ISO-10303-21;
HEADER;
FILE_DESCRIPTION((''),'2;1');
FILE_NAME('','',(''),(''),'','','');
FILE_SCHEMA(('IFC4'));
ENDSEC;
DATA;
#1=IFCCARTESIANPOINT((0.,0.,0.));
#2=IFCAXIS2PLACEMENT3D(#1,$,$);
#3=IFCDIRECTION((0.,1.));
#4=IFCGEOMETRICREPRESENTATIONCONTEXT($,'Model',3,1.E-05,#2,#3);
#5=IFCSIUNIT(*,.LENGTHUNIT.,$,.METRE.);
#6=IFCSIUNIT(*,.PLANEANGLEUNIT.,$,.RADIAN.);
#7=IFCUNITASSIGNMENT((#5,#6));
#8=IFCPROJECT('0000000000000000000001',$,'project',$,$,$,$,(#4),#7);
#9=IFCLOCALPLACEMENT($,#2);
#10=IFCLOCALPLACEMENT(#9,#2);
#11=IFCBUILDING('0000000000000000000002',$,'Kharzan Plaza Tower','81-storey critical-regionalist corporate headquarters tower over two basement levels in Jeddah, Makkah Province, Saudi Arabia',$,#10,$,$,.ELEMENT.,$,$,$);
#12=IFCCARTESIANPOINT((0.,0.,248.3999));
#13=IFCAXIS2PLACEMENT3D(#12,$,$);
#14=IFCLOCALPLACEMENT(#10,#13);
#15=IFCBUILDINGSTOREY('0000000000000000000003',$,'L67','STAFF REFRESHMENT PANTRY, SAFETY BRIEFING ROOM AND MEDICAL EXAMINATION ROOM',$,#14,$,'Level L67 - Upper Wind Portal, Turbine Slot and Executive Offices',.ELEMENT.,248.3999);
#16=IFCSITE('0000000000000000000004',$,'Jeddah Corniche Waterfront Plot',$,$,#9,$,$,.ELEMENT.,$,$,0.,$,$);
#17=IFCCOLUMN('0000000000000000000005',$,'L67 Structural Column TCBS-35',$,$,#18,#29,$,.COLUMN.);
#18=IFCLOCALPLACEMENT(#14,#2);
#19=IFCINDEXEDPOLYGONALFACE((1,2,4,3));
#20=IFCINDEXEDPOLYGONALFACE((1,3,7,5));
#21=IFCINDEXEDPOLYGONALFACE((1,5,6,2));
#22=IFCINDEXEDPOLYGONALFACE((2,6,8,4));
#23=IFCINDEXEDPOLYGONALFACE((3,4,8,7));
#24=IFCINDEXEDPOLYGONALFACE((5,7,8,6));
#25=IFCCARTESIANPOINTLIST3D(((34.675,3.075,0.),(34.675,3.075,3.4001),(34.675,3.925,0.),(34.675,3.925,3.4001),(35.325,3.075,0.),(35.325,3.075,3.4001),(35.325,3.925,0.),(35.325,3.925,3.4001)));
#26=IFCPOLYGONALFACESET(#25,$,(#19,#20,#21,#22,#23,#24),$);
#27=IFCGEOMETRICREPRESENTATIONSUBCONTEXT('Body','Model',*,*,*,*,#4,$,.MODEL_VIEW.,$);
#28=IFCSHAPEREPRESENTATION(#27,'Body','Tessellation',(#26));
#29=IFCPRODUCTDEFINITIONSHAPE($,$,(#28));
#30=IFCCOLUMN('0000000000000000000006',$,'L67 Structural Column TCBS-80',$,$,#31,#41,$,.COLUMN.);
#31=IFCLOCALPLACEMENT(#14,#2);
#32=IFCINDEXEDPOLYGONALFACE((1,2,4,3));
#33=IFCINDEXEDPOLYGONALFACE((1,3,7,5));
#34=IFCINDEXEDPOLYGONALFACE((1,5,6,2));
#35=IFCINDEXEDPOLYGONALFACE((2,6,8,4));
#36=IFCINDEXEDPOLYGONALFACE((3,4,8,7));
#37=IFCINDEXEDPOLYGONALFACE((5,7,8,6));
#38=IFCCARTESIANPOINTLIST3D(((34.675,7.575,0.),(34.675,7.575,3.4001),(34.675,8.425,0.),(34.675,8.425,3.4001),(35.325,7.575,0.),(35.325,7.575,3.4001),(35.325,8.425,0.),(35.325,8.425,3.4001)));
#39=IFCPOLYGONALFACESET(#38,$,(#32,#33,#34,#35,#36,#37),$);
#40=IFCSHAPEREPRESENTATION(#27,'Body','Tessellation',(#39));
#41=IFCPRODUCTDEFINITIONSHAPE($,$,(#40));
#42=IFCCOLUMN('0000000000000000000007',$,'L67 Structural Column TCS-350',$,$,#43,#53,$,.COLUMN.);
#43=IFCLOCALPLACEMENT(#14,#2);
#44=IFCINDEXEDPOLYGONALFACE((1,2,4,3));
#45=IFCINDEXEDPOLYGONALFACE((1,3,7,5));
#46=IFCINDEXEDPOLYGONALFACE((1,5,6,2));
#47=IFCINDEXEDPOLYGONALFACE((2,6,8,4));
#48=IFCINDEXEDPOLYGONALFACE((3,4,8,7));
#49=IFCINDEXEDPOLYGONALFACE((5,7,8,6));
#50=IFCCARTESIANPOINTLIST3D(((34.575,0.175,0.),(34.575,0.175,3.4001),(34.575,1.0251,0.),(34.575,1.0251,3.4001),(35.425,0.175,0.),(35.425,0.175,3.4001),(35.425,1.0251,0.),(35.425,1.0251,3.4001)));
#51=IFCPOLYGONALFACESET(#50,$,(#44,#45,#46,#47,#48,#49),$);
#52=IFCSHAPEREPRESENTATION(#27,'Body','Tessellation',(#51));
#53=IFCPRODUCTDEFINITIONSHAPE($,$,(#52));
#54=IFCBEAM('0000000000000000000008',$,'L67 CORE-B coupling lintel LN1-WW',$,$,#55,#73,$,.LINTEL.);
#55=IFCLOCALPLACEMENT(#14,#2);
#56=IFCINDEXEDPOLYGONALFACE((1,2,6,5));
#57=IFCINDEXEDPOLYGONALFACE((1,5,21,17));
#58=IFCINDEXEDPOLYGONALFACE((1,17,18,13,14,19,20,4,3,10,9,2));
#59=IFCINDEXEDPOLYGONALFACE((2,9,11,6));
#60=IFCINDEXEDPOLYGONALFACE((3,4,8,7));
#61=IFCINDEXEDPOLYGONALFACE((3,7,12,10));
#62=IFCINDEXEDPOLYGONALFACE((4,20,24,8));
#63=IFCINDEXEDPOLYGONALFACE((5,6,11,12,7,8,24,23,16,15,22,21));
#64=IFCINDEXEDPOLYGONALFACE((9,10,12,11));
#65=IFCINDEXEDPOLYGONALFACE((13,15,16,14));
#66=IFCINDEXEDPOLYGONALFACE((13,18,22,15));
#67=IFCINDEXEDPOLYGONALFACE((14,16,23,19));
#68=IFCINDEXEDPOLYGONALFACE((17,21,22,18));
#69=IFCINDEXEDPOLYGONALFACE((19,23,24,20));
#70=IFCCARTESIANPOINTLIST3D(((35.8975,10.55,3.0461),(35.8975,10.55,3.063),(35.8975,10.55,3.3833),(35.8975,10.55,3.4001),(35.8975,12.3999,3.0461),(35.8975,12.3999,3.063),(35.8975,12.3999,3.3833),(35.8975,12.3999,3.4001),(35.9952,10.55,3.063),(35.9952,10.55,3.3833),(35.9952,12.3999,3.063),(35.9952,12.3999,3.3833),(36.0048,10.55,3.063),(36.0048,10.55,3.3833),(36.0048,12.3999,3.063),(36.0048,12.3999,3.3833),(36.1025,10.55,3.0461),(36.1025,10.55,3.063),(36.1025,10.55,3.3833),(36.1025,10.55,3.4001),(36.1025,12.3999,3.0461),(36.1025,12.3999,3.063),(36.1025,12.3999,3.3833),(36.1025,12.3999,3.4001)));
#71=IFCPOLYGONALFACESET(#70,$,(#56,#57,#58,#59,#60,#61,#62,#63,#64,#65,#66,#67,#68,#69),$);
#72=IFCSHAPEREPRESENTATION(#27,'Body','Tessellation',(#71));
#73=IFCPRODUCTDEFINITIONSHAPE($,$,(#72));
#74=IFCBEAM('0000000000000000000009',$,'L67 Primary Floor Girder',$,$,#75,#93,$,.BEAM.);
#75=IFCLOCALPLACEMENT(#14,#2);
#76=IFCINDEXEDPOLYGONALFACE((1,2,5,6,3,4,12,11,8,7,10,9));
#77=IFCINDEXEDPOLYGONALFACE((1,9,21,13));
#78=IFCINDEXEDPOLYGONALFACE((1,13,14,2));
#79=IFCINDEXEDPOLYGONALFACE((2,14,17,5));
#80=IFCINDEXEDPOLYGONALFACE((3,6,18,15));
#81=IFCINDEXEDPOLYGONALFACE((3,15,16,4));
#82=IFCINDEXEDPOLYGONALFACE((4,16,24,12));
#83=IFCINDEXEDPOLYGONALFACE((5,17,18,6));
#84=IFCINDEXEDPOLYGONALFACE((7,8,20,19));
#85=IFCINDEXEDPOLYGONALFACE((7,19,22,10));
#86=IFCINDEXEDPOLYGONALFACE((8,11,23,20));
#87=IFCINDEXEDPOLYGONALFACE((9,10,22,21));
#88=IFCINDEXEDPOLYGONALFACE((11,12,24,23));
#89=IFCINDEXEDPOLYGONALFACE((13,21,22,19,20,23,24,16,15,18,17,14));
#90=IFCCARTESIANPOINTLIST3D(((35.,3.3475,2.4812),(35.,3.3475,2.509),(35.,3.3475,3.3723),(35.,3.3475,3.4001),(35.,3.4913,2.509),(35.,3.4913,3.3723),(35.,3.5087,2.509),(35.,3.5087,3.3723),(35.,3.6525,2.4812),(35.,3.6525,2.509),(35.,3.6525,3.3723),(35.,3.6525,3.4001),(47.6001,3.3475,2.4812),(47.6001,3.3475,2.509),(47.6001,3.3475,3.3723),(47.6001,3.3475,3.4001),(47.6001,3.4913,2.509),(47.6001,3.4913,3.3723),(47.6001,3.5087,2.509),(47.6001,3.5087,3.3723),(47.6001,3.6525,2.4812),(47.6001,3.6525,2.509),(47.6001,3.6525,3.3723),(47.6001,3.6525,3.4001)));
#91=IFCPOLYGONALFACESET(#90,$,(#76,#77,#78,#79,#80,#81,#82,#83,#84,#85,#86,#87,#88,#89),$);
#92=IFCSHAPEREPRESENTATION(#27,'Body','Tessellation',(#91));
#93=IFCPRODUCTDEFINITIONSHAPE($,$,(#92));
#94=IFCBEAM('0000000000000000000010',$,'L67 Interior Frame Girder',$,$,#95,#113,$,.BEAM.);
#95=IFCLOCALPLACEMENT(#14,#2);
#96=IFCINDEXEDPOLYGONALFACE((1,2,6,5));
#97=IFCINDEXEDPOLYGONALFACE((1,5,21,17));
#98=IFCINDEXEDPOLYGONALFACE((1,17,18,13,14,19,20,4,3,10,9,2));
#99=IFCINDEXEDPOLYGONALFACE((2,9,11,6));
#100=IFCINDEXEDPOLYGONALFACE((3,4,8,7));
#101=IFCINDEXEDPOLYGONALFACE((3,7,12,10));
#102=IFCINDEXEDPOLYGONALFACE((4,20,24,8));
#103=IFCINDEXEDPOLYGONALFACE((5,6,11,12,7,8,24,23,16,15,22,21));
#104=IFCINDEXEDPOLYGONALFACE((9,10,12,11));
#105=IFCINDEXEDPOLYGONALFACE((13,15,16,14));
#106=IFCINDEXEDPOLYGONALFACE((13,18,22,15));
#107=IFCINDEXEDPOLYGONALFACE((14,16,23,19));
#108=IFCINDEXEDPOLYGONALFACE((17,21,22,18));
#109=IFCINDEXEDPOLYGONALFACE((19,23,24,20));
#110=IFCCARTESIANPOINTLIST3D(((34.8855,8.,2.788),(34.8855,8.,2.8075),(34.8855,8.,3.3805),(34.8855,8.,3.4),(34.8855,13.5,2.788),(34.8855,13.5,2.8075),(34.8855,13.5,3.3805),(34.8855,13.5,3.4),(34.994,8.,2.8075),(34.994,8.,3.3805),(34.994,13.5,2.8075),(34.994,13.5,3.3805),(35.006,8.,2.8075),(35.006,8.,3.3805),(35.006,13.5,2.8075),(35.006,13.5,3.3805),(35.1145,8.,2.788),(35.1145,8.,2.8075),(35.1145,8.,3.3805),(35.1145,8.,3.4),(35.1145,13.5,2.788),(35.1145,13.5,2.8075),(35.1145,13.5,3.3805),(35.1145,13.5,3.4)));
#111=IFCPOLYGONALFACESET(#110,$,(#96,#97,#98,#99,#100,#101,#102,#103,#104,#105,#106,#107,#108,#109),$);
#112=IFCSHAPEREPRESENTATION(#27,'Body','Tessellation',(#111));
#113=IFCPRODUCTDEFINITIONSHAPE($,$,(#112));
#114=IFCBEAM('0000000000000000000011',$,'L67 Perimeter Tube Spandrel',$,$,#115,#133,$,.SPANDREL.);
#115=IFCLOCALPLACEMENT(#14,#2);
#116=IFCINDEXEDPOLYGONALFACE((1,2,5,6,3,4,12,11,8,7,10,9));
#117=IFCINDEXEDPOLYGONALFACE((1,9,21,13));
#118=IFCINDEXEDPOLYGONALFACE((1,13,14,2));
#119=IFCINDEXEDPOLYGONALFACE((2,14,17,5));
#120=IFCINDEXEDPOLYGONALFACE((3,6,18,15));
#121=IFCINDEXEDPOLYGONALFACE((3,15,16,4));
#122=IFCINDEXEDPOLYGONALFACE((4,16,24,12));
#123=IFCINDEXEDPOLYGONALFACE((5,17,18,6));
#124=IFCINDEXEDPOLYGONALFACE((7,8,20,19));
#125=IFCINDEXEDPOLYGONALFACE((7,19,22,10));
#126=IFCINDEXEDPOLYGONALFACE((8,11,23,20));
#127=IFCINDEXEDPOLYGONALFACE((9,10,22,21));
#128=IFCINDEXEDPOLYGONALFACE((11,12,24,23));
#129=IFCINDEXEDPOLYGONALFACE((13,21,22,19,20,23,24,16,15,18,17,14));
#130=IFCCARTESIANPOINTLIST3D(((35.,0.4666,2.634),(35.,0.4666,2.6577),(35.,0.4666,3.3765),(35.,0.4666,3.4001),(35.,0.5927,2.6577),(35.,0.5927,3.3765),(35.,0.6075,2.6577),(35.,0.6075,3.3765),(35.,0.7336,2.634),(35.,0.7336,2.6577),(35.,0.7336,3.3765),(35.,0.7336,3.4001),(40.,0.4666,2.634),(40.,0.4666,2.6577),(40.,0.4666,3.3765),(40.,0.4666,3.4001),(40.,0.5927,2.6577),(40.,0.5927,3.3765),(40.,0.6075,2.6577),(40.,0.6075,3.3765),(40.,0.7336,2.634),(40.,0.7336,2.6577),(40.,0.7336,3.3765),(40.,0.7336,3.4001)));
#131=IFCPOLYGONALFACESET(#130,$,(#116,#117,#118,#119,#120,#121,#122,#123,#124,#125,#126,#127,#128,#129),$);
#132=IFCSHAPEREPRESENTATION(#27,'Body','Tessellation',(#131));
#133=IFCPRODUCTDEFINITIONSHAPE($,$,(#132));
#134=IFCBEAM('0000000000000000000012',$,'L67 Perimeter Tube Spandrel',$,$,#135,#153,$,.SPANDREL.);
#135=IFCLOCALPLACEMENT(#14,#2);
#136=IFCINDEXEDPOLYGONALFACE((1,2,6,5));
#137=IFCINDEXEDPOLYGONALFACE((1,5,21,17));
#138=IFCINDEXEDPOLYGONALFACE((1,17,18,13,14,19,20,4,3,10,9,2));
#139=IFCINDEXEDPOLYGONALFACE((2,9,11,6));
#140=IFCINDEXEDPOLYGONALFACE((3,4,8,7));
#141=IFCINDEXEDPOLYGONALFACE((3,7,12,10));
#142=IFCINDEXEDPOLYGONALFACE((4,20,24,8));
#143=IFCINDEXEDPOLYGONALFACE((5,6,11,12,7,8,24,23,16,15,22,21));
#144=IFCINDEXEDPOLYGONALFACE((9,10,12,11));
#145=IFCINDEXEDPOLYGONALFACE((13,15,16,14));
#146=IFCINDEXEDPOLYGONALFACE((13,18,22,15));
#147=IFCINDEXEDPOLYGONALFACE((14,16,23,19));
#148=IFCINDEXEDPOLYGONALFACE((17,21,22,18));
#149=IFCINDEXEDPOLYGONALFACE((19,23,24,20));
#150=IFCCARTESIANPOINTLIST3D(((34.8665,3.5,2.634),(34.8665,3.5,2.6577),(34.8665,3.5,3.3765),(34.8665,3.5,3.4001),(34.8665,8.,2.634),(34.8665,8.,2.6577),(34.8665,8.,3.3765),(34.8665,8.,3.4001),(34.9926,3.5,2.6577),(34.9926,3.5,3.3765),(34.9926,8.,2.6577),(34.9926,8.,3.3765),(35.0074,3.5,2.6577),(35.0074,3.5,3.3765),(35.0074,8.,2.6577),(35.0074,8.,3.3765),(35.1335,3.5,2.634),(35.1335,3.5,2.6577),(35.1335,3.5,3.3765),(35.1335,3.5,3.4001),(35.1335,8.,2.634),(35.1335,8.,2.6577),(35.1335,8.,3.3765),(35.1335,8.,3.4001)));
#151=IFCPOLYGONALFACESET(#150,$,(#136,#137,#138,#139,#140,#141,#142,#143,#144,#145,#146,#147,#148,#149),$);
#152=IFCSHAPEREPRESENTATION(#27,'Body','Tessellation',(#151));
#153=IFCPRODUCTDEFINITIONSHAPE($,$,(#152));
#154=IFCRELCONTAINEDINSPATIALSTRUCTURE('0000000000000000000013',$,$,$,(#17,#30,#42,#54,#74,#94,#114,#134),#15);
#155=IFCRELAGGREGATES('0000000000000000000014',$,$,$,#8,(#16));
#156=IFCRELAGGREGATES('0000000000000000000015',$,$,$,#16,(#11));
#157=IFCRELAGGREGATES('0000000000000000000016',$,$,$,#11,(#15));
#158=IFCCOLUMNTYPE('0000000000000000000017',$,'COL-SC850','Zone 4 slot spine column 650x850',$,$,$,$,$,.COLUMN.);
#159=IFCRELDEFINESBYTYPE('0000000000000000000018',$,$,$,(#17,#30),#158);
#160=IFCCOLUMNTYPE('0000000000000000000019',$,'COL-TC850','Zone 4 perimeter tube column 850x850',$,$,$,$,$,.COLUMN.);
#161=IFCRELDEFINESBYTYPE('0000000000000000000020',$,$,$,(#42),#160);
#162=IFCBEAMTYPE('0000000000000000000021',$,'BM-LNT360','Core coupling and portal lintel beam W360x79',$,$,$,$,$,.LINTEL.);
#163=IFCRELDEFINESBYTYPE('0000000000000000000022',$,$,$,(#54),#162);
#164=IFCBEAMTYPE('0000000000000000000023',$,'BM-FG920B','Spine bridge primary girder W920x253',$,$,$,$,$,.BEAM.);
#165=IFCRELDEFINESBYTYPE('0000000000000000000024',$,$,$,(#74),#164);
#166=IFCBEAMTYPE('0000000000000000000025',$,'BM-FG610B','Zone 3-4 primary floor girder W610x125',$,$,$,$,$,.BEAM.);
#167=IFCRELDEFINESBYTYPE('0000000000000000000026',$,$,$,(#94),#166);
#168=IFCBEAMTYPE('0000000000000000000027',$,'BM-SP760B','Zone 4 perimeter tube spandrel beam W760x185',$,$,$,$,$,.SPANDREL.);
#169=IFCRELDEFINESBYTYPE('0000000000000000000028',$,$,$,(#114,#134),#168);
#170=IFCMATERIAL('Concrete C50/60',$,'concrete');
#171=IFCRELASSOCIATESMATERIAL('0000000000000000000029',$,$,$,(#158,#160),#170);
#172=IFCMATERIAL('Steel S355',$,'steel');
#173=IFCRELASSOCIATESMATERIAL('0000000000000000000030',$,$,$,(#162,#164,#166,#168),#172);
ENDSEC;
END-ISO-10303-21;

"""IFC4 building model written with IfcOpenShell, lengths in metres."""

from ifc_helpers import new_model, si_unit, direction, frame, origin, origin_2d, place, context, subcontext, project, spatial, rectangle, i_section, extrude, source, transform, mapped, material, material_profile, profile_set, type_object, element, save


model = new_model("IFC4")

# Units and contexts
model_context = context("Model", 3, precision=1e-05, world=origin(), true_north=direction((0.0, 1.0)))
body_context = subcontext(model_context, "Body", "Model", "MODEL_VIEW")
ifc_project = project(units=[si_unit("LENGTHUNIT", "METRE"), si_unit("PLANEANGLEUNIT", "RADIAN")], contexts=[model_context])

# Site, building, storey
site_placement = place(None, origin())
site = spatial("IfcSite", under=ifc_project, at=site_placement, Name="Jeddah Corniche Waterfront Plot", CompositionType="ELEMENT", RefElevation=0.0)
building_placement = place(site_placement, origin())
building = spatial("IfcBuilding", under=site, at=building_placement, Name="Kharzan Plaza Tower", Description="81-storey critical-regionalist corporate headquarters tower over two basement levels in Jeddah, Makkah Province, Saudi Arabia", CompositionType="ELEMENT")
storey_placement = place(building_placement, frame((0.0, 0.0, 248.3999)))
storey = spatial("IfcBuildingStorey", under=building, at=storey_placement, Name="L67", Description="STAFF REFRESHMENT PANTRY, SAFETY BRIEFING ROOM AND MEDICAL EXAMINATION ROOM", LongName="Level L67 - Upper Wind Portal, Turbine Slot and Executive Offices", CompositionType="ELEMENT", Elevation=248.3999)

# Columns
ifc_material_1 = material(Name="Concrete C50/60", Category="concrete")
ifc_material_profile_1 = material_profile(ifc_material_1, rectangle(XDim=0.6499, YDim=0.8501, at=origin_2d()), Name="RC-SC850x650")
ifc_profile_set_1 = profile_set([ifc_material_profile_1], Name="Concrete C50/60")
column_type_1 = type_object("IfcColumnType", Name="COL-SC850", Description="Zone 4 slot spine column 650x850", PredefinedType="COLUMN", material=ifc_profile_set_1)
shared_shape_1 = source(origin(), body_context, "Body", "SweptSolid", [
    extrude(rectangle(XDim=0.6499, YDim=0.8501, at=origin_2d()), origin(), (0.0, 0.0, 1.0), 3.4001),
])
for number, where, z_axis, x_axis, name in (
    (1, (35.0, 3.5, 0.0), (0.0, 0.0, 1.0), (1.0, 0.0, 0.0), "L67 Structural Column TCBS-35"),
    (2, (35.0, 8.0, 0.0), (0.0, 0.0, 1.0), (1.0, 0.0, 0.0), "L67 Structural Column TCBS-80"),
):
    element("IfcColumn", number, at=place(storey_placement, frame(where, z_axis=z_axis, x_axis=x_axis)), inside=storey, type_object=column_type_1, Name=name, PredefinedType="COLUMN", context=body_context, shape_type="MappedRepresentation", body=[
        mapped(shared_shape_1, transform((0.0, 0.0, 0.0), x_axis=(1.0, 0.0, 0.0), y_axis=(0.0, 1.0, 0.0), z_axis=(0.0, 0.0, 1.0))),
    ])
ifc_material_profile_2 = material_profile(ifc_material_1, rectangle(XDim=0.8501, YDim=0.8501, at=origin_2d()), Name="RC-TC850x850")
ifc_profile_set_2 = profile_set([ifc_material_profile_2], Name="Concrete C50/60")
column_type_2 = type_object("IfcColumnType", Name="COL-TC850", Description="Zone 4 perimeter tube column 850x850", PredefinedType="COLUMN", material=ifc_profile_set_2)
shared_shape_2 = source(origin(), body_context, "Body", "SweptSolid", [
    extrude(rectangle(XDim=0.8501, YDim=0.8501, at=origin_2d()), origin(), (0.0, 0.0, 1.0), 3.4001),
])
column_placement = place(storey_placement, frame((35.0, 0.6001, 0.0), z_axis=(0.0, 0.0, 1.0), x_axis=(1.0, 0.0, 0.0)))
element("IfcColumn", 3, at=column_placement, inside=storey, type_object=column_type_2, Name="L67 Structural Column TCS-350", PredefinedType="COLUMN", context=body_context, shape_type="MappedRepresentation", body=[
    mapped(shared_shape_2, transform((0.0, 0.0, 0.0), x_axis=(1.0, 0.0, 0.0), y_axis=(0.0, 1.0, 0.0), z_axis=(0.0, 0.0, 1.0))),
])

# Beams
ifc_material_2 = material(Name="Steel S355", Category="steel")
ifc_material_profile_3 = material_profile(ifc_material_2, i_section(OverallWidth=0.2051, OverallDepth=0.354, WebThickness=0.0095, FlangeThickness=0.0168, at=origin_2d()), Name="W360x79")
ifc_profile_set_3 = profile_set([ifc_material_profile_3], Name="Steel S355")
beam_type_1 = type_object("IfcBeamType", Name="BM-LNT360", Description="Core coupling and portal lintel beam W360x79", PredefinedType="LINTEL", material=ifc_profile_set_3)
shared_shape_3 = source(origin(), body_context, "Body", "SweptSolid", [
    extrude(i_section(OverallWidth=0.2051, OverallDepth=0.354, WebThickness=0.0095, FlangeThickness=0.0168, at=origin_2d()), origin(), (0.0, 0.0, 1.0), 1.8499),
])
beam_1_placement = place(storey_placement, frame((36.0, 10.55, 3.2231), z_axis=(0.0, 1.0, 0.0), x_axis=(-1.0, 0.0, 0.0)))
element("IfcBeam", 4, at=beam_1_placement, inside=storey, type_object=beam_type_1, Name="L67 CORE-B coupling lintel LN1-WW", PredefinedType="LINTEL", context=body_context, shape_type="MappedRepresentation", body=[
    mapped(shared_shape_3, transform((0.0, 0.0, 0.0), x_axis=(1.0, 0.0, 0.0), y_axis=(0.0, 1.0, 0.0), z_axis=(0.0, 0.0, 1.0))),
])
ifc_material_profile_4 = material_profile(ifc_material_2, i_section(OverallWidth=0.3049, OverallDepth=0.9189, WebThickness=0.0173, FlangeThickness=0.0278, at=origin_2d()), Name="W920x253")
ifc_profile_set_4 = profile_set([ifc_material_profile_4], Name="Steel S355")
beam_type_2 = type_object("IfcBeamType", Name="BM-FG920B", Description="Spine bridge primary girder W920x253", PredefinedType="BEAM", material=ifc_profile_set_4)
shared_shape_4 = source(origin(), body_context, "Body", "SweptSolid", [
    extrude(i_section(OverallWidth=0.3049, OverallDepth=0.9189, WebThickness=0.0173, FlangeThickness=0.0278, at=origin_2d()), origin(), (0.0, 0.0, 1.0), 12.6001),
])
beam_2_placement = place(storey_placement, frame((35.0, 3.5, 2.9407), z_axis=(1.0, 0.0, 0.0), x_axis=(0.0, 1.0, 0.0)))
element("IfcBeam", 5, at=beam_2_placement, inside=storey, type_object=beam_type_2, Name="L67 Primary Floor Girder", PredefinedType="BEAM", context=body_context, shape_type="MappedRepresentation", body=[
    mapped(shared_shape_4, transform((0.0, 0.0, 0.0), x_axis=(1.0, 0.0, 0.0), y_axis=(0.0, 1.0, 0.0), z_axis=(0.0, 0.0, 1.0))),
])
ifc_material_profile_5 = material_profile(ifc_material_2, i_section(OverallWidth=0.229, OverallDepth=0.6121, WebThickness=0.012, FlangeThickness=0.0195, at=origin_2d()), Name="W610x125")
ifc_profile_set_5 = profile_set([ifc_material_profile_5], Name="Steel S355")
beam_type_3 = type_object("IfcBeamType", Name="BM-FG610B", Description="Zone 3-4 primary floor girder W610x125", PredefinedType="BEAM", material=ifc_profile_set_5)
shared_shape_5 = source(origin(), body_context, "Body", "SweptSolid", [
    extrude(i_section(OverallWidth=0.229, OverallDepth=0.6121, WebThickness=0.012, FlangeThickness=0.0195, at=origin_2d()), origin(), (0.0, 0.0, 1.0), 5.5),
])
beam_3_placement = place(storey_placement, frame((35.0, 8.0, 3.094), z_axis=(0.0, 1.0, 0.0), x_axis=(-1.0, 0.0, 0.0)))
element("IfcBeam", 6, at=beam_3_placement, inside=storey, type_object=beam_type_3, Name="L67 Interior Frame Girder", PredefinedType="BEAM", context=body_context, shape_type="MappedRepresentation", body=[
    mapped(shared_shape_5, transform((0.0, 0.0, 0.0), x_axis=(1.0, 0.0, 0.0), y_axis=(0.0, 1.0, 0.0), z_axis=(0.0, 0.0, 1.0))),
])
ifc_material_profile_6 = material_profile(ifc_material_2, i_section(OverallWidth=0.2671, OverallDepth=0.7661, WebThickness=0.0149, FlangeThickness=0.0237, at=origin_2d()), Name="W760x185")
ifc_profile_set_6 = profile_set([ifc_material_profile_6], Name="Steel S355")
beam_type_4 = type_object("IfcBeamType", Name="BM-SP760B", Description="Zone 4 perimeter tube spandrel beam W760x185", PredefinedType="SPANDREL", material=ifc_profile_set_6)
shared_shape_6 = source(origin(), body_context, "Body", "SweptSolid", [
    extrude(i_section(OverallWidth=0.2671, OverallDepth=0.7661, WebThickness=0.0149, FlangeThickness=0.0237, at=origin_2d()), origin(), (0.0, 0.0, 1.0), 5.0),
])
beam_4_placement = place(storey_placement, frame((35.0, 0.6001, 3.0171), z_axis=(1.0, 0.0, 0.0), x_axis=(0.0, 1.0, 0.0)))
element("IfcBeam", 7, at=beam_4_placement, inside=storey, type_object=beam_type_4, Name="L67 Perimeter Tube Spandrel", PredefinedType="SPANDREL", context=body_context, shape_type="MappedRepresentation", body=[
    mapped(shared_shape_6, transform((0.0, 0.0, 0.0), x_axis=(1.0, 0.0, 0.0), y_axis=(0.0, 1.0, 0.0), z_axis=(0.0, 0.0, 1.0))),
])
shared_shape_7 = source(origin(), body_context, "Body", "SweptSolid", [
    extrude(i_section(OverallWidth=0.2671, OverallDepth=0.7661, WebThickness=0.0149, FlangeThickness=0.0237, at=origin_2d()), origin(), (0.0, 0.0, 1.0), 4.5),
])
beam_5_placement = place(storey_placement, frame((35.0, 3.5, 3.0171), z_axis=(0.0, 1.0, 0.0), x_axis=(-1.0, 0.0, 0.0)))
element("IfcBeam", 8, at=beam_5_placement, inside=storey, type_object=beam_type_4, Name="L67 Perimeter Tube Spandrel", PredefinedType="SPANDREL", context=body_context, shape_type="MappedRepresentation", body=[
    mapped(shared_shape_7, transform((0.0, 0.0, 0.0), x_axis=(1.0, 0.0, 0.0), y_axis=(0.0, 1.0, 0.0), z_axis=(0.0, 0.0, 1.0))),
])

save(model, "model.ifc")
